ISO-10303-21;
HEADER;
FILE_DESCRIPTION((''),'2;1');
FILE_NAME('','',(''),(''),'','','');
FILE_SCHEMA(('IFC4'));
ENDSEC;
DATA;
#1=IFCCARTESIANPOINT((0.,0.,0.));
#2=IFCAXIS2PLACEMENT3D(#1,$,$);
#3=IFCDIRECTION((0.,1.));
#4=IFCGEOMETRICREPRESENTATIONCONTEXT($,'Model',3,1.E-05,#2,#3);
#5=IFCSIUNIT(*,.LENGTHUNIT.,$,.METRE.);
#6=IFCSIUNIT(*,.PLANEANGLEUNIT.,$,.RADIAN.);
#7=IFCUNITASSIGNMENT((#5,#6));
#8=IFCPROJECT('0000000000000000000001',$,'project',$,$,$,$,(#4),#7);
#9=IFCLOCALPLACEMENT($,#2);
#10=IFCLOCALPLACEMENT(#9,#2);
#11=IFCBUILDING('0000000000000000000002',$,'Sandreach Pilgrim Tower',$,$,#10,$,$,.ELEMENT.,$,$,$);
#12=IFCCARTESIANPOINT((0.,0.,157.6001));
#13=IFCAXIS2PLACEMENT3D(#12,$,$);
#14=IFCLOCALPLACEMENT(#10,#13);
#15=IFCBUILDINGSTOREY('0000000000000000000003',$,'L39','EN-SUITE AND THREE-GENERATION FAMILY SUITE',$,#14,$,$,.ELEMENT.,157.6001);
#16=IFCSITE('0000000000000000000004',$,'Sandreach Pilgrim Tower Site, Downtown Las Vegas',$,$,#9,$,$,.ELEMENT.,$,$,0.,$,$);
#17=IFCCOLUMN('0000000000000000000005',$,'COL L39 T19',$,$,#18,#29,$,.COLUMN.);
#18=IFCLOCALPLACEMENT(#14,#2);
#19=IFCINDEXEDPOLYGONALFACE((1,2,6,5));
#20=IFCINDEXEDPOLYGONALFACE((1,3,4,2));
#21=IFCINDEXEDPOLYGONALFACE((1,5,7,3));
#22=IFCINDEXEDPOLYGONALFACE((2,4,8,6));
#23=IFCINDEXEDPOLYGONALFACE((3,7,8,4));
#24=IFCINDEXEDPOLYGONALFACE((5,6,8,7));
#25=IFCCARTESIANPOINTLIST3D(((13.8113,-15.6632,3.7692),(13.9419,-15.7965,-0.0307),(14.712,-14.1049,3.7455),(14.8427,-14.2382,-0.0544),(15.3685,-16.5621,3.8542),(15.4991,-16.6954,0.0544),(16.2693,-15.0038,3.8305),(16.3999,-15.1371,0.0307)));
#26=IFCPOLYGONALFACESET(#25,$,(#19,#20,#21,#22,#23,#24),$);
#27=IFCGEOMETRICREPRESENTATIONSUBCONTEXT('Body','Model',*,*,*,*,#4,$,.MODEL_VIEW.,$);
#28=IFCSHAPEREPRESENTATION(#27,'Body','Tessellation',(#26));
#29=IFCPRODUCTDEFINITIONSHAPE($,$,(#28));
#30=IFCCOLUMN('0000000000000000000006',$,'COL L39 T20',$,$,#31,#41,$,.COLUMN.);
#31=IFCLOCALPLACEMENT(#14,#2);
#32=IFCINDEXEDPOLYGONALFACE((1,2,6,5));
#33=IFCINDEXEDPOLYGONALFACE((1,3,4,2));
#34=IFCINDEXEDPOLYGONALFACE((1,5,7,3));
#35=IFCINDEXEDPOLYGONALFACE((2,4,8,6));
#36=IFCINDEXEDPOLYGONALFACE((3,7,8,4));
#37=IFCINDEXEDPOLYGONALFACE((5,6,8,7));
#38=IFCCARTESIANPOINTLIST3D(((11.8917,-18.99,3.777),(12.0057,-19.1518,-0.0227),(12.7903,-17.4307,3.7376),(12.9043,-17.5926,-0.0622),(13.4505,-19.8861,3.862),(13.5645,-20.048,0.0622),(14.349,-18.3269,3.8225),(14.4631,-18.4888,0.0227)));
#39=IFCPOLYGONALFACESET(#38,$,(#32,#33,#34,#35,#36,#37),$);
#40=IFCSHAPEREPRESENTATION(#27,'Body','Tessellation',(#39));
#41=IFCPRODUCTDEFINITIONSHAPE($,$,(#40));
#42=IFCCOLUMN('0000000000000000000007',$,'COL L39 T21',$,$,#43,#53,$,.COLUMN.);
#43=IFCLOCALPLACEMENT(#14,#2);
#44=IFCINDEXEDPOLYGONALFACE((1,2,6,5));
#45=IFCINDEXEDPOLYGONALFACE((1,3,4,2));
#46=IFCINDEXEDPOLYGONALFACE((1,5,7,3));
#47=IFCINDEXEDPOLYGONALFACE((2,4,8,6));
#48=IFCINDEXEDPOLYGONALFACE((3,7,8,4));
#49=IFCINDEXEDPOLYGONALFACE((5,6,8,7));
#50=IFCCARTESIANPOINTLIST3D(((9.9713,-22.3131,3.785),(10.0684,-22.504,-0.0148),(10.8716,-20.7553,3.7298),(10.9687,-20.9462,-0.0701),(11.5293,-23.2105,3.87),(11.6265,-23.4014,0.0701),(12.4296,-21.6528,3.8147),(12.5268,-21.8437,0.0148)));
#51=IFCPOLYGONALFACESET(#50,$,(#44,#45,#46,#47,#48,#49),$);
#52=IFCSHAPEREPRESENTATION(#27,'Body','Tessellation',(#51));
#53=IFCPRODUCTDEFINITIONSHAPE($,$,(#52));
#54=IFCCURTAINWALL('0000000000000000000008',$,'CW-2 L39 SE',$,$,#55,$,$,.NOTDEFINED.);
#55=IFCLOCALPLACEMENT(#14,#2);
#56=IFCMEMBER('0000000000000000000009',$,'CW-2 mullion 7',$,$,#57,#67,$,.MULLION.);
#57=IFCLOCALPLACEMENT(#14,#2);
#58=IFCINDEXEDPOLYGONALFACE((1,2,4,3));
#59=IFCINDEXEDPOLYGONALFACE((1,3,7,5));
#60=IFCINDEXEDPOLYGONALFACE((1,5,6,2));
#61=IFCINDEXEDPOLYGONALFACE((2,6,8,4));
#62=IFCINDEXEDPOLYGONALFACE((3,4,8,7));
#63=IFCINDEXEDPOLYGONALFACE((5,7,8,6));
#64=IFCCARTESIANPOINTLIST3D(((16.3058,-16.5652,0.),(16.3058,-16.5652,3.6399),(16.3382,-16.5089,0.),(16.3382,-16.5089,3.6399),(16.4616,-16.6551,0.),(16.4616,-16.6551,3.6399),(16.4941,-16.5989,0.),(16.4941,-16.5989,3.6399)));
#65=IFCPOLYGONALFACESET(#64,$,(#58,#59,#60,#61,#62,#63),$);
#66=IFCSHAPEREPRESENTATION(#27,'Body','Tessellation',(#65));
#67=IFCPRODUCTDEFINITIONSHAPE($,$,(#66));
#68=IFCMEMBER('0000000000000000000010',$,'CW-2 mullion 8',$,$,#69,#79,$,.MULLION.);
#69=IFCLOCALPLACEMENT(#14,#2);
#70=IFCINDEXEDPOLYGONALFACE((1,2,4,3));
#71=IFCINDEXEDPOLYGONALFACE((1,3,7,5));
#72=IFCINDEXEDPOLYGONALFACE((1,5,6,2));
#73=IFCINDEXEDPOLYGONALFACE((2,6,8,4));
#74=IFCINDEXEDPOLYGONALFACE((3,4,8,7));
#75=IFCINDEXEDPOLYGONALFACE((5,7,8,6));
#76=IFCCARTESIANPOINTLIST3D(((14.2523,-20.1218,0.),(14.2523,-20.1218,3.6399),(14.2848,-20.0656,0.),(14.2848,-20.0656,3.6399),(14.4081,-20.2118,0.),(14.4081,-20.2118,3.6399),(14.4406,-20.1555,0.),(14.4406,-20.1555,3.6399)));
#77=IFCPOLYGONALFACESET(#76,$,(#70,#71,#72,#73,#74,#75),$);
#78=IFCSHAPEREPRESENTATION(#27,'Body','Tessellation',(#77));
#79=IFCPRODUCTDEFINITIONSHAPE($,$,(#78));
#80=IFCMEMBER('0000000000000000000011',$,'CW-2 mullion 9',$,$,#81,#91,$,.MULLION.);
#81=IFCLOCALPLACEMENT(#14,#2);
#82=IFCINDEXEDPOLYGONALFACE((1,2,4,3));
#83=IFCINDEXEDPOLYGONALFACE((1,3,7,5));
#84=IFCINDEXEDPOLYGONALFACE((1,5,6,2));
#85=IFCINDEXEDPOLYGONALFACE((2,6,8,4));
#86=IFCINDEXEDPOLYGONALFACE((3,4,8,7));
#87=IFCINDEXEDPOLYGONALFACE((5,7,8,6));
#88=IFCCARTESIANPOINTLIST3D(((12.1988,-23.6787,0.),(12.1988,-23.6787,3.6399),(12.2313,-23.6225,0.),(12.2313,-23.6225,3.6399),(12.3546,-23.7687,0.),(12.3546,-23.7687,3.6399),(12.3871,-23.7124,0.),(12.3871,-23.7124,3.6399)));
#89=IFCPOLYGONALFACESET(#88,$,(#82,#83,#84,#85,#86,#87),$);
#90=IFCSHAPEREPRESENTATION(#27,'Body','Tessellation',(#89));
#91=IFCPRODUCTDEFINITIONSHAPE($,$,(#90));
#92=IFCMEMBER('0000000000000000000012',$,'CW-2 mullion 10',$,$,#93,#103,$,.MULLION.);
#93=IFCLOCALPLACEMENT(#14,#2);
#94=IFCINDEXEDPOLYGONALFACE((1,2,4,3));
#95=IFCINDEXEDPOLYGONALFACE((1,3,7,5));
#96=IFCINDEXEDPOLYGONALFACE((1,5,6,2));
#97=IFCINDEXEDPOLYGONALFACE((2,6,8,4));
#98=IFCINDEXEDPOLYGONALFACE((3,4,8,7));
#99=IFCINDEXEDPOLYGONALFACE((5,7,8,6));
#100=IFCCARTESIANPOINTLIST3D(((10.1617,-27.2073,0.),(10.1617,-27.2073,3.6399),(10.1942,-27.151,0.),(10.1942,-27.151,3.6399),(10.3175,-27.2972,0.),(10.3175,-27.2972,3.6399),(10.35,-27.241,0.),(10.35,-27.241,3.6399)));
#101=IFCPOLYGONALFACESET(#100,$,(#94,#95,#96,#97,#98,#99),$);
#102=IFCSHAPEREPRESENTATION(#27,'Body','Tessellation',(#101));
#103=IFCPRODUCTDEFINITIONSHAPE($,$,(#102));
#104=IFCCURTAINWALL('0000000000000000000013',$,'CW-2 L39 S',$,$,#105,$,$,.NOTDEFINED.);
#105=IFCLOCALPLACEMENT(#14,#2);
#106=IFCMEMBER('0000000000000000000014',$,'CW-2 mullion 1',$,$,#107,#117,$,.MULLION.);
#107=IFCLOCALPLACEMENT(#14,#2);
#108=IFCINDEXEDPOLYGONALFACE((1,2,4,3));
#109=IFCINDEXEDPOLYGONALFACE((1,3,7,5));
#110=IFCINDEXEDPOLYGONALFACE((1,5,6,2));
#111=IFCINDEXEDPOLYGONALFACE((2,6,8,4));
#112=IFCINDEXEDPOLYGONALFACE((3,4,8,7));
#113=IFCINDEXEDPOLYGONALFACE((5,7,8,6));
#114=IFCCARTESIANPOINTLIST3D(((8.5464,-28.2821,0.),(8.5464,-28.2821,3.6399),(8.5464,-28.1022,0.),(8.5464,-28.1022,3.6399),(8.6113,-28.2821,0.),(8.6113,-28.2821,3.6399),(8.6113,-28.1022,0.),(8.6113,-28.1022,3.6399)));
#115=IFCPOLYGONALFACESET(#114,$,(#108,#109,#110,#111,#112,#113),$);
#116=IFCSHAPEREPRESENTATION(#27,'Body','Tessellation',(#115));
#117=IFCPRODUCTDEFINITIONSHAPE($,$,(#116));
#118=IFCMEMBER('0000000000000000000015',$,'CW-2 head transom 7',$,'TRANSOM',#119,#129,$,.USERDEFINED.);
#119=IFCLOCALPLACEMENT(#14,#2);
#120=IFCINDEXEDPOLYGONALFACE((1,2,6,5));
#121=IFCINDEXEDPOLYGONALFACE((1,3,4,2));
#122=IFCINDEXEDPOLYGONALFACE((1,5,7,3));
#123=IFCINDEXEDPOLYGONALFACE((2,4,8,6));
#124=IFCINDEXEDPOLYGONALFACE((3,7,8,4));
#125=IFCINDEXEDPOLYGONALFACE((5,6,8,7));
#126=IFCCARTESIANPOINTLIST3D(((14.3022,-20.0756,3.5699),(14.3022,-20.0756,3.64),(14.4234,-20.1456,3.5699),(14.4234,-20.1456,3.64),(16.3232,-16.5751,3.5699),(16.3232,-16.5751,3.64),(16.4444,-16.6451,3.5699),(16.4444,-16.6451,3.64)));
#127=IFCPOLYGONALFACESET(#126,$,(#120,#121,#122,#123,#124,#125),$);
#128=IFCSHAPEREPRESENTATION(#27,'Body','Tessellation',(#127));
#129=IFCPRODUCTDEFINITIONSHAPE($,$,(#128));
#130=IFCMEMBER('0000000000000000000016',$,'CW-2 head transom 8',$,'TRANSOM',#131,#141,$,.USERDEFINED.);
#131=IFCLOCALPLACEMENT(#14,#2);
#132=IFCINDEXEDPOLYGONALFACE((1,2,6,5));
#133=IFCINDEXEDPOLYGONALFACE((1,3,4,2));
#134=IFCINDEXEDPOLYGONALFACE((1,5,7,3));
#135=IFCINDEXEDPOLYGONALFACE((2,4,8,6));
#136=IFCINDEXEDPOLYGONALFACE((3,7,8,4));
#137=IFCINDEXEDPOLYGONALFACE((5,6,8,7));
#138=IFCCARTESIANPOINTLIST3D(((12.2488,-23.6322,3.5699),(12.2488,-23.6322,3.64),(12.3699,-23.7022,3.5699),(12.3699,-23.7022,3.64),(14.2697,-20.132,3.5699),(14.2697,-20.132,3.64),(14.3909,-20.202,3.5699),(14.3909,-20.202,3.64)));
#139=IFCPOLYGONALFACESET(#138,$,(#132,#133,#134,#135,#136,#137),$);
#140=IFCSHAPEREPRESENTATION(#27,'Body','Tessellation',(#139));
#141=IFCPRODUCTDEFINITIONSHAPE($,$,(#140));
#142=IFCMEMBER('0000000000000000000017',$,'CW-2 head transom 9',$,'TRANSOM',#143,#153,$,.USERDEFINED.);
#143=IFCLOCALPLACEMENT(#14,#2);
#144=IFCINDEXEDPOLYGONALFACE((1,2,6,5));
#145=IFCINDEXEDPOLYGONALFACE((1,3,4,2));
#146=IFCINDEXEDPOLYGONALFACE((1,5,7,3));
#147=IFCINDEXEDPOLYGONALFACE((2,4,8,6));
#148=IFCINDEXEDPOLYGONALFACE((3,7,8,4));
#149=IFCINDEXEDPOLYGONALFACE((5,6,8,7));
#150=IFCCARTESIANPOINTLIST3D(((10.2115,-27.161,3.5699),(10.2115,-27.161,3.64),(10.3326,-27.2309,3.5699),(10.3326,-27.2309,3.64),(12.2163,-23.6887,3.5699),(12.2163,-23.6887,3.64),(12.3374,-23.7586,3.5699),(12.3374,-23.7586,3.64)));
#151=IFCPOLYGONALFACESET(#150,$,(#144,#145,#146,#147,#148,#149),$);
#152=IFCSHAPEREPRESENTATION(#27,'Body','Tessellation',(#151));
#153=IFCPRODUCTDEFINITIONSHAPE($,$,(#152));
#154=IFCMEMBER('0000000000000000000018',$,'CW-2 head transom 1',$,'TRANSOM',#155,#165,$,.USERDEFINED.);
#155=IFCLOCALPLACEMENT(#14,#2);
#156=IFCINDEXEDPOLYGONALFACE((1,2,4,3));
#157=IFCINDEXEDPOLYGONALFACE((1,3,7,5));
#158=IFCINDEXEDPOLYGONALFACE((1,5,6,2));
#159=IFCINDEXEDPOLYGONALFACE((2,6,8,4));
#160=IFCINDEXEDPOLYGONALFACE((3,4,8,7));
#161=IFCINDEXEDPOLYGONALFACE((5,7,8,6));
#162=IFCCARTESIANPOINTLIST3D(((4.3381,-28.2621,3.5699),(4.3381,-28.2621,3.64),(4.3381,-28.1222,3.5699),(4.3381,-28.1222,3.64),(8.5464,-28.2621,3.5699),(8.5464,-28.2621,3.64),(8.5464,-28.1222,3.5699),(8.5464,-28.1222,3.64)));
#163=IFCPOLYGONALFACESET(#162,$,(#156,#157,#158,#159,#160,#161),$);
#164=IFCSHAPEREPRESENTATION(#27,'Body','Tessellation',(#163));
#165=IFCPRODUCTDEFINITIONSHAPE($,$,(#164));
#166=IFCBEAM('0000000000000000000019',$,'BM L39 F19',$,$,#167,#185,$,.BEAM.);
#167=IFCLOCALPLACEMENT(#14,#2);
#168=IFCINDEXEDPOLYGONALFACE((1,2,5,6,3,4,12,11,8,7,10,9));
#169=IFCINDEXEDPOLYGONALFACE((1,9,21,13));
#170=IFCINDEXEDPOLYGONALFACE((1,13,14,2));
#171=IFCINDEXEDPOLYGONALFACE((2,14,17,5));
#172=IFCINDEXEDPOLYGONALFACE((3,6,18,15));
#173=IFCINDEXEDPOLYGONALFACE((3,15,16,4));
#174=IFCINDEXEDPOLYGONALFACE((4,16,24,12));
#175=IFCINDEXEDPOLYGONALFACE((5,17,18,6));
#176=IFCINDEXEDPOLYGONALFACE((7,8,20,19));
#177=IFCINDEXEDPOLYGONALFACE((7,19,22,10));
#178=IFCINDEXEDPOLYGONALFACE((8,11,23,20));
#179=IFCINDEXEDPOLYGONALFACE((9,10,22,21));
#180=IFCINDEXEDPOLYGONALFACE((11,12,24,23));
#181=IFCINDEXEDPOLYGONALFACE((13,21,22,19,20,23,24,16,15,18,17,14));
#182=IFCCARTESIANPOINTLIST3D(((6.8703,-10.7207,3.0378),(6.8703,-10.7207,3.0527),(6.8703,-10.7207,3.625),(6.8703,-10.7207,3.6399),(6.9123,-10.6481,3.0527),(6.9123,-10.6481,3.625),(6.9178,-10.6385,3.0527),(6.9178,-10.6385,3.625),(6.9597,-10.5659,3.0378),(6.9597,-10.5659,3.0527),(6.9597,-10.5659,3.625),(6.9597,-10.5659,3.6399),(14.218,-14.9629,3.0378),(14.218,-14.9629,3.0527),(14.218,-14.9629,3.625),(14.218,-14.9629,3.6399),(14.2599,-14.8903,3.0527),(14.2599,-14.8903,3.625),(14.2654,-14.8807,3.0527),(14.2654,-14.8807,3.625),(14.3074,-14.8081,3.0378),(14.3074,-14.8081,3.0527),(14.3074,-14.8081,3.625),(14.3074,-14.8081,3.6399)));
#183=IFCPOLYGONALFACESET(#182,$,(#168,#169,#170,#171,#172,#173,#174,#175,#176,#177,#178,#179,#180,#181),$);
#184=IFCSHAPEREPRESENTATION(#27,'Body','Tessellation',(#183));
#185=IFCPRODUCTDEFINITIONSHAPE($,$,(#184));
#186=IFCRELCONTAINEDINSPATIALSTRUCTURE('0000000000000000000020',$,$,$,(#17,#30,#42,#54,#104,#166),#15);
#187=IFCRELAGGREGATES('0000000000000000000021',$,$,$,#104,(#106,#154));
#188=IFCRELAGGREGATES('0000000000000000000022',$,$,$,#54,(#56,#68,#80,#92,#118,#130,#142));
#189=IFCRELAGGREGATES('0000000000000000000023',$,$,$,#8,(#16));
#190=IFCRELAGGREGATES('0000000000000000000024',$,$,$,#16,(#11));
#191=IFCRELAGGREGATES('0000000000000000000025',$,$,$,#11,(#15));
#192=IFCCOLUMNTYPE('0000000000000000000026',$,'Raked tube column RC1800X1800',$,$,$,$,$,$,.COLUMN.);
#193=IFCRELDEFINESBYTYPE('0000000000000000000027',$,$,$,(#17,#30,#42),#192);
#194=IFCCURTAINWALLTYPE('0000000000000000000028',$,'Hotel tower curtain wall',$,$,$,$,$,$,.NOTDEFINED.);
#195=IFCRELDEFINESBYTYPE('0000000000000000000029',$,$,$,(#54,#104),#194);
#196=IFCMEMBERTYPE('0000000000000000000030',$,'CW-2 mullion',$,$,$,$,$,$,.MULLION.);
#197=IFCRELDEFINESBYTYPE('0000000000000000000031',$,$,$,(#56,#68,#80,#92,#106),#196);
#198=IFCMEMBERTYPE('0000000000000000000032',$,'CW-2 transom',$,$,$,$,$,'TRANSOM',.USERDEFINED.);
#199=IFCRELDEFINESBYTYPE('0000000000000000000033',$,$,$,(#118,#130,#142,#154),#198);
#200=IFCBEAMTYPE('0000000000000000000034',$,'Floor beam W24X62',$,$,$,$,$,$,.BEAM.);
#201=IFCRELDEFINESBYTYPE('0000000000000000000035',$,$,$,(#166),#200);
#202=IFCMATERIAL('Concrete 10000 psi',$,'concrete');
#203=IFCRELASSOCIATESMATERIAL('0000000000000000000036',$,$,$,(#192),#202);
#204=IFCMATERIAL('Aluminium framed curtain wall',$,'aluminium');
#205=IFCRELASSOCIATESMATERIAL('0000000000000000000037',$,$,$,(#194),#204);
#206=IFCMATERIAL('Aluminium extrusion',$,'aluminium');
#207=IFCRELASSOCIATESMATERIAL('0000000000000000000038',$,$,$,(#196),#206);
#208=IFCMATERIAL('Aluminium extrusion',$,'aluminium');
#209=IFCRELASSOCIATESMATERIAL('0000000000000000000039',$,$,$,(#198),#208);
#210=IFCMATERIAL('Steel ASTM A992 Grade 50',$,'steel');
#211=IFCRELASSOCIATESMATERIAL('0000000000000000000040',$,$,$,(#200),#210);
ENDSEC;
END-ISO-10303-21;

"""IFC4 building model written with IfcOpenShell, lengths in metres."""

from ifc_helpers import new_model, si_unit, direction, frame, origin, origin_2d, place, context, subcontext, project, spatial, rectangle, i_section, extrude, material, material_profile, profile_set, type_object, element, aggregate, save


model = new_model("IFC4")

# Units and contexts
model_context = context("Model", 3, precision=1e-05, world=origin(), true_north=direction((0.0, 1.0)))
body_context = subcontext(model_context, "Body", "Model", "MODEL_VIEW")
ifc_project = project(units=[si_unit("LENGTHUNIT", "METRE"), si_unit("PLANEANGLEUNIT", "RADIAN")], contexts=[model_context])

# Site, building, storey
site_placement = place(None, origin())
site = spatial("IfcSite", under=ifc_project, at=site_placement, Name="Sandreach Pilgrim Tower Site, Downtown Las Vegas", CompositionType="ELEMENT", RefElevation=0.0)
building_placement = place(site_placement, origin())
building = spatial("IfcBuilding", under=site, at=building_placement, Name="Sandreach Pilgrim Tower", CompositionType="ELEMENT")
storey_placement = place(building_placement, frame((0.0, 0.0, 157.6001)))
storey = spatial("IfcBuildingStorey", under=building, at=storey_placement, Name="L39", Description="EN-SUITE AND THREE-GENERATION FAMILY SUITE", CompositionType="ELEMENT", Elevation=157.6001)

# Columns
ifc_material_1 = material(Name="Concrete 10000 psi", Category="concrete")
ifc_material_profile_1 = material_profile(ifc_material_1, rectangle(XDim=1.8, YDim=1.8, at=origin_2d()), Name="RC1800X1800")
ifc_profile_set_1 = profile_set([ifc_material_profile_1], Name="Concrete 10000 psi")
column_type = type_object("IfcColumnType", Name="Raked tube column RC1800X1800", PredefinedType="COLUMN", material=ifc_profile_set_1)
column_1_placement = place(storey_placement, frame((15.1709, -15.4668, 0.0), z_axis=(-0.034333, 0.035039, 0.998796), x_axis=(0.86511, -0.499351, 0.047255)))
element("IfcColumn", 1, at=column_1_placement, inside=storey, type_object=column_type, Name="COL L39 T19", PredefinedType="COLUMN", context=body_context, shape_type="SweptSolid", body=[
    extrude(rectangle(XDim=1.8, YDim=1.8, at=origin_2d()), origin(), (0.0, 0.0, 1.0), 3.8044),
])
column_2_placement = place(storey_placement, frame((13.2344, -18.8203, 0.0), z_axis=(-0.029964, 0.042541, 0.998645), x_axis=(0.865973, -0.49786, 0.047192)))
element("IfcColumn", 2, at=column_2_placement, inside=storey, type_object=column_type, Name="COL L39 T20", PredefinedType="COLUMN", context=body_context, shape_type="SweptSolid", body=[
    extrude(rectangle(XDim=1.8, YDim=1.8, at=origin_2d()), origin(), (0.0, 0.0, 1.0), 3.8049),
])
column_3_placement = place(storey_placement, frame((11.2976, -22.1738, 0.0), z_axis=(-0.025531, 0.050164, 0.998415), x_axis=(0.865565, -0.498569, 0.047184)))
element("IfcColumn", 3, at=column_3_placement, inside=storey, type_object=column_type, Name="COL L39 T21", PredefinedType="COLUMN", context=body_context, shape_type="SweptSolid", body=[
    extrude(rectangle(XDim=1.8, YDim=1.8, at=origin_2d()), origin(), (0.0, 0.0, 1.0), 3.8059),
])

# Curtain wall, members
ifc_material_2 = material(Name="Aluminium framed curtain wall", Category="aluminium")
curtain_wall_type = type_object("IfcCurtainWallType", Name="Hotel tower curtain wall", PredefinedType="NOTDEFINED", material=ifc_material_2)
curtain_wall_1_placement = place(storey_placement, origin())
curtain_wall_1 = element("IfcCurtainWall", 4, at=curtain_wall_1_placement, inside=storey, type_object=curtain_wall_type, Name="CW-2 L39 SE", PredefinedType="NOTDEFINED")
ifc_material_3 = material(Name="Aluminium extrusion", Category="aluminium")
ifc_material_profile_2 = material_profile(ifc_material_3, rectangle(XDim=0.0649, YDim=0.1799, at=origin_2d()), Name="CW-2M 65X180")
ifc_profile_set_2 = profile_set([ifc_material_profile_2], Name="Aluminium extrusion")
member_type_1 = type_object("IfcMemberType", Name="CW-2 mullion", PredefinedType="MULLION", material=ifc_profile_set_2)
member_1_placement = place(storey_placement, frame((16.3999, -16.582, 0.0), z_axis=(0.0, 0.0, 1.0), x_axis=(-0.5, -0.866025, 0.0)))
member_1 = element("IfcMember", 5, at=member_1_placement, type_object=member_type_1, Name="CW-2 mullion 7", PredefinedType="MULLION", context=body_context, shape_type="SweptSolid", body=[
    extrude(rectangle(XDim=0.0649, YDim=0.1799, at=origin_2d()), origin(), (0.0, 0.0, 1.0), 3.6399),
])
member_2_placement = place(storey_placement, frame((14.3464, -20.1387, 0.0), z_axis=(0.0, 0.0, 1.0), x_axis=(-0.5, -0.866025, 0.0)))
member_2 = element("IfcMember", 6, at=member_2_placement, type_object=member_type_1, Name="CW-2 mullion 8", PredefinedType="MULLION", context=body_context, shape_type="SweptSolid", body=[
    extrude(rectangle(XDim=0.0649, YDim=0.1799, at=origin_2d()), origin(), (0.0, 0.0, 1.0), 3.6399),
])
member_3_placement = place(storey_placement, frame((12.293, -23.6956, 0.0), z_axis=(0.0, 0.0, 1.0), x_axis=(-0.5, -0.866025, 0.0)))
member_3 = element("IfcMember", 7, at=member_3_placement, type_object=member_type_1, Name="CW-2 mullion 9", PredefinedType="MULLION", context=body_context, shape_type="SweptSolid", body=[
    extrude(rectangle(XDim=0.0649, YDim=0.1799, at=origin_2d()), origin(), (0.0, 0.0, 1.0), 3.6399),
])
member_4_placement = place(storey_placement, frame((10.2559, -27.2241, 0.0), z_axis=(0.0, 0.0, 1.0), x_axis=(-0.5, -0.866025, 0.0)))
member_4 = element("IfcMember", 8, at=member_4_placement, type_object=member_type_1, Name="CW-2 mullion 10", PredefinedType="MULLION", context=body_context, shape_type="SweptSolid", body=[
    extrude(rectangle(XDim=0.0649, YDim=0.1799, at=origin_2d()), origin(), (0.0, 0.0, 1.0), 3.6399),
])

# Curtain wall, member
curtain_wall_2_placement = place(storey_placement, origin())
curtain_wall_2 = element("IfcCurtainWall", 9, at=curtain_wall_2_placement, inside=storey, type_object=curtain_wall_type, Name="CW-2 L39 S", PredefinedType="NOTDEFINED")
member_5_placement = place(storey_placement, frame((8.5789, -28.1921, 0.0), z_axis=(0.0, 0.0, 1.0), x_axis=(-1.0, 0.0, 0.0)))
member_5 = element("IfcMember", 10, at=member_5_placement, type_object=member_type_1, Name="CW-2 mullion 1", PredefinedType="MULLION", context=body_context, shape_type="SweptSolid", body=[
    extrude(rectangle(XDim=0.0649, YDim=0.1799, at=origin_2d()), origin(), (0.0, 0.0, 1.0), 3.6399),
])

# Members
ifc_material_4 = material(Name="Aluminium extrusion", Category="aluminium")
ifc_material_profile_3 = material_profile(ifc_material_4, rectangle(XDim=0.1399, YDim=0.0701, at=origin_2d()), Name="CW-2T 140X70")
ifc_profile_set_3 = profile_set([ifc_material_profile_3], Name="Aluminium extrusion")
member_type_2 = type_object("IfcMemberType", Name="CW-2 transom", ElementType="TRANSOM", PredefinedType="USERDEFINED", material=ifc_profile_set_3)
member_6_placement = place(storey_placement, frame((16.3838, -16.6101, 3.605), z_axis=(-0.499998, -0.866027, 0.0), x_axis=(0.866027, -0.499998, 0.0)))
member_6 = element("IfcMember", 11, at=member_6_placement, type_object=member_type_2, Name="CW-2 head transom 7", ObjectType="TRANSOM", PredefinedType="USERDEFINED", context=body_context, shape_type="SweptSolid", body=[
    extrude(rectangle(XDim=0.1399, YDim=0.0701, at=origin_2d()), origin(), (0.0, 0.0, 1.0), 4.042),
])
member_7_placement = place(storey_placement, frame((14.3303, -20.167, 3.605), z_axis=(-0.500024, -0.866012, 0.0), x_axis=(0.866012, -0.500024, 0.0)))
member_7 = element("IfcMember", 12, at=member_7_placement, type_object=member_type_2, Name="CW-2 head transom 8", ObjectType="TRANSOM", PredefinedType="USERDEFINED", context=body_context, shape_type="SweptSolid", body=[
    extrude(rectangle(XDim=0.1399, YDim=0.0701, at=origin_2d()), origin(), (0.0, 0.0, 1.0), 4.0417),
])
member_8_placement = place(storey_placement, frame((12.2769, -23.7236, 3.605), z_axis=(-0.500016, -0.866016, 0.0), x_axis=(0.866016, -0.500016, 0.0)))
member_8 = element("IfcMember", 13, at=member_8_placement, type_object=member_type_2, Name="CW-2 head transom 9", ObjectType="TRANSOM", PredefinedType="USERDEFINED", context=body_context, shape_type="SweptSolid", body=[
    extrude(rectangle(XDim=0.1399, YDim=0.0701, at=origin_2d()), origin(), (0.0, 0.0, 1.0), 4.0095),
])
member_9_placement = place(storey_placement, frame((8.5464, -28.1921, 3.605), z_axis=(-1.0, 0.0, 0.0), x_axis=(0.0, -1.0, 0.0)))
member_9 = element("IfcMember", 14, at=member_9_placement, type_object=member_type_2, Name="CW-2 head transom 1", ObjectType="TRANSOM", PredefinedType="USERDEFINED", context=body_context, shape_type="SweptSolid", body=[
    extrude(rectangle(XDim=0.1399, YDim=0.0701, at=origin_2d()), origin(), (0.0, 0.0, 1.0), 4.2083),
])
aggregate(curtain_wall_2, [member_5, member_9])

# Beam
ifc_material_5 = material(Name="Steel ASTM A992 Grade 50", Category="steel")
ifc_material_profile_4 = material_profile(ifc_material_5, i_section(OverallWidth=0.1787, OverallDepth=0.6021, WebThickness=0.011, FlangeThickness=0.0149, at=origin_2d()), Name="W24X62")
ifc_profile_set_4 = profile_set([ifc_material_profile_4], Name="Steel ASTM A992 Grade 50")
beam_type_1 = type_object("IfcBeamType", Name="Floor beam W24X62", PredefinedType="BEAM", material=ifc_profile_set_4)
beam_1_placement = place(storey_placement, frame((14.2627, -14.8855, 3.3389), z_axis=(-0.866025, 0.500001, 0.0), x_axis=(-0.500001, -0.866025, 0.0)))
element("IfcBeam", 15, at=beam_1_placement, inside=storey, type_object=beam_type_1, Name="BM L39 F19", PredefinedType="BEAM", context=body_context, shape_type="SweptSolid", body=[
    extrude(i_section(OverallWidth=0.1787, OverallDepth=0.6021, WebThickness=0.011, FlangeThickness=0.0149, at=origin_2d()), origin(), (0.0, 0.0, 1.0), 8.4844),
])

aggregate(curtain_wall_1, [member_1, member_2, member_3, member_4, member_6, member_7, member_8])

save(model, "model.ifc")
